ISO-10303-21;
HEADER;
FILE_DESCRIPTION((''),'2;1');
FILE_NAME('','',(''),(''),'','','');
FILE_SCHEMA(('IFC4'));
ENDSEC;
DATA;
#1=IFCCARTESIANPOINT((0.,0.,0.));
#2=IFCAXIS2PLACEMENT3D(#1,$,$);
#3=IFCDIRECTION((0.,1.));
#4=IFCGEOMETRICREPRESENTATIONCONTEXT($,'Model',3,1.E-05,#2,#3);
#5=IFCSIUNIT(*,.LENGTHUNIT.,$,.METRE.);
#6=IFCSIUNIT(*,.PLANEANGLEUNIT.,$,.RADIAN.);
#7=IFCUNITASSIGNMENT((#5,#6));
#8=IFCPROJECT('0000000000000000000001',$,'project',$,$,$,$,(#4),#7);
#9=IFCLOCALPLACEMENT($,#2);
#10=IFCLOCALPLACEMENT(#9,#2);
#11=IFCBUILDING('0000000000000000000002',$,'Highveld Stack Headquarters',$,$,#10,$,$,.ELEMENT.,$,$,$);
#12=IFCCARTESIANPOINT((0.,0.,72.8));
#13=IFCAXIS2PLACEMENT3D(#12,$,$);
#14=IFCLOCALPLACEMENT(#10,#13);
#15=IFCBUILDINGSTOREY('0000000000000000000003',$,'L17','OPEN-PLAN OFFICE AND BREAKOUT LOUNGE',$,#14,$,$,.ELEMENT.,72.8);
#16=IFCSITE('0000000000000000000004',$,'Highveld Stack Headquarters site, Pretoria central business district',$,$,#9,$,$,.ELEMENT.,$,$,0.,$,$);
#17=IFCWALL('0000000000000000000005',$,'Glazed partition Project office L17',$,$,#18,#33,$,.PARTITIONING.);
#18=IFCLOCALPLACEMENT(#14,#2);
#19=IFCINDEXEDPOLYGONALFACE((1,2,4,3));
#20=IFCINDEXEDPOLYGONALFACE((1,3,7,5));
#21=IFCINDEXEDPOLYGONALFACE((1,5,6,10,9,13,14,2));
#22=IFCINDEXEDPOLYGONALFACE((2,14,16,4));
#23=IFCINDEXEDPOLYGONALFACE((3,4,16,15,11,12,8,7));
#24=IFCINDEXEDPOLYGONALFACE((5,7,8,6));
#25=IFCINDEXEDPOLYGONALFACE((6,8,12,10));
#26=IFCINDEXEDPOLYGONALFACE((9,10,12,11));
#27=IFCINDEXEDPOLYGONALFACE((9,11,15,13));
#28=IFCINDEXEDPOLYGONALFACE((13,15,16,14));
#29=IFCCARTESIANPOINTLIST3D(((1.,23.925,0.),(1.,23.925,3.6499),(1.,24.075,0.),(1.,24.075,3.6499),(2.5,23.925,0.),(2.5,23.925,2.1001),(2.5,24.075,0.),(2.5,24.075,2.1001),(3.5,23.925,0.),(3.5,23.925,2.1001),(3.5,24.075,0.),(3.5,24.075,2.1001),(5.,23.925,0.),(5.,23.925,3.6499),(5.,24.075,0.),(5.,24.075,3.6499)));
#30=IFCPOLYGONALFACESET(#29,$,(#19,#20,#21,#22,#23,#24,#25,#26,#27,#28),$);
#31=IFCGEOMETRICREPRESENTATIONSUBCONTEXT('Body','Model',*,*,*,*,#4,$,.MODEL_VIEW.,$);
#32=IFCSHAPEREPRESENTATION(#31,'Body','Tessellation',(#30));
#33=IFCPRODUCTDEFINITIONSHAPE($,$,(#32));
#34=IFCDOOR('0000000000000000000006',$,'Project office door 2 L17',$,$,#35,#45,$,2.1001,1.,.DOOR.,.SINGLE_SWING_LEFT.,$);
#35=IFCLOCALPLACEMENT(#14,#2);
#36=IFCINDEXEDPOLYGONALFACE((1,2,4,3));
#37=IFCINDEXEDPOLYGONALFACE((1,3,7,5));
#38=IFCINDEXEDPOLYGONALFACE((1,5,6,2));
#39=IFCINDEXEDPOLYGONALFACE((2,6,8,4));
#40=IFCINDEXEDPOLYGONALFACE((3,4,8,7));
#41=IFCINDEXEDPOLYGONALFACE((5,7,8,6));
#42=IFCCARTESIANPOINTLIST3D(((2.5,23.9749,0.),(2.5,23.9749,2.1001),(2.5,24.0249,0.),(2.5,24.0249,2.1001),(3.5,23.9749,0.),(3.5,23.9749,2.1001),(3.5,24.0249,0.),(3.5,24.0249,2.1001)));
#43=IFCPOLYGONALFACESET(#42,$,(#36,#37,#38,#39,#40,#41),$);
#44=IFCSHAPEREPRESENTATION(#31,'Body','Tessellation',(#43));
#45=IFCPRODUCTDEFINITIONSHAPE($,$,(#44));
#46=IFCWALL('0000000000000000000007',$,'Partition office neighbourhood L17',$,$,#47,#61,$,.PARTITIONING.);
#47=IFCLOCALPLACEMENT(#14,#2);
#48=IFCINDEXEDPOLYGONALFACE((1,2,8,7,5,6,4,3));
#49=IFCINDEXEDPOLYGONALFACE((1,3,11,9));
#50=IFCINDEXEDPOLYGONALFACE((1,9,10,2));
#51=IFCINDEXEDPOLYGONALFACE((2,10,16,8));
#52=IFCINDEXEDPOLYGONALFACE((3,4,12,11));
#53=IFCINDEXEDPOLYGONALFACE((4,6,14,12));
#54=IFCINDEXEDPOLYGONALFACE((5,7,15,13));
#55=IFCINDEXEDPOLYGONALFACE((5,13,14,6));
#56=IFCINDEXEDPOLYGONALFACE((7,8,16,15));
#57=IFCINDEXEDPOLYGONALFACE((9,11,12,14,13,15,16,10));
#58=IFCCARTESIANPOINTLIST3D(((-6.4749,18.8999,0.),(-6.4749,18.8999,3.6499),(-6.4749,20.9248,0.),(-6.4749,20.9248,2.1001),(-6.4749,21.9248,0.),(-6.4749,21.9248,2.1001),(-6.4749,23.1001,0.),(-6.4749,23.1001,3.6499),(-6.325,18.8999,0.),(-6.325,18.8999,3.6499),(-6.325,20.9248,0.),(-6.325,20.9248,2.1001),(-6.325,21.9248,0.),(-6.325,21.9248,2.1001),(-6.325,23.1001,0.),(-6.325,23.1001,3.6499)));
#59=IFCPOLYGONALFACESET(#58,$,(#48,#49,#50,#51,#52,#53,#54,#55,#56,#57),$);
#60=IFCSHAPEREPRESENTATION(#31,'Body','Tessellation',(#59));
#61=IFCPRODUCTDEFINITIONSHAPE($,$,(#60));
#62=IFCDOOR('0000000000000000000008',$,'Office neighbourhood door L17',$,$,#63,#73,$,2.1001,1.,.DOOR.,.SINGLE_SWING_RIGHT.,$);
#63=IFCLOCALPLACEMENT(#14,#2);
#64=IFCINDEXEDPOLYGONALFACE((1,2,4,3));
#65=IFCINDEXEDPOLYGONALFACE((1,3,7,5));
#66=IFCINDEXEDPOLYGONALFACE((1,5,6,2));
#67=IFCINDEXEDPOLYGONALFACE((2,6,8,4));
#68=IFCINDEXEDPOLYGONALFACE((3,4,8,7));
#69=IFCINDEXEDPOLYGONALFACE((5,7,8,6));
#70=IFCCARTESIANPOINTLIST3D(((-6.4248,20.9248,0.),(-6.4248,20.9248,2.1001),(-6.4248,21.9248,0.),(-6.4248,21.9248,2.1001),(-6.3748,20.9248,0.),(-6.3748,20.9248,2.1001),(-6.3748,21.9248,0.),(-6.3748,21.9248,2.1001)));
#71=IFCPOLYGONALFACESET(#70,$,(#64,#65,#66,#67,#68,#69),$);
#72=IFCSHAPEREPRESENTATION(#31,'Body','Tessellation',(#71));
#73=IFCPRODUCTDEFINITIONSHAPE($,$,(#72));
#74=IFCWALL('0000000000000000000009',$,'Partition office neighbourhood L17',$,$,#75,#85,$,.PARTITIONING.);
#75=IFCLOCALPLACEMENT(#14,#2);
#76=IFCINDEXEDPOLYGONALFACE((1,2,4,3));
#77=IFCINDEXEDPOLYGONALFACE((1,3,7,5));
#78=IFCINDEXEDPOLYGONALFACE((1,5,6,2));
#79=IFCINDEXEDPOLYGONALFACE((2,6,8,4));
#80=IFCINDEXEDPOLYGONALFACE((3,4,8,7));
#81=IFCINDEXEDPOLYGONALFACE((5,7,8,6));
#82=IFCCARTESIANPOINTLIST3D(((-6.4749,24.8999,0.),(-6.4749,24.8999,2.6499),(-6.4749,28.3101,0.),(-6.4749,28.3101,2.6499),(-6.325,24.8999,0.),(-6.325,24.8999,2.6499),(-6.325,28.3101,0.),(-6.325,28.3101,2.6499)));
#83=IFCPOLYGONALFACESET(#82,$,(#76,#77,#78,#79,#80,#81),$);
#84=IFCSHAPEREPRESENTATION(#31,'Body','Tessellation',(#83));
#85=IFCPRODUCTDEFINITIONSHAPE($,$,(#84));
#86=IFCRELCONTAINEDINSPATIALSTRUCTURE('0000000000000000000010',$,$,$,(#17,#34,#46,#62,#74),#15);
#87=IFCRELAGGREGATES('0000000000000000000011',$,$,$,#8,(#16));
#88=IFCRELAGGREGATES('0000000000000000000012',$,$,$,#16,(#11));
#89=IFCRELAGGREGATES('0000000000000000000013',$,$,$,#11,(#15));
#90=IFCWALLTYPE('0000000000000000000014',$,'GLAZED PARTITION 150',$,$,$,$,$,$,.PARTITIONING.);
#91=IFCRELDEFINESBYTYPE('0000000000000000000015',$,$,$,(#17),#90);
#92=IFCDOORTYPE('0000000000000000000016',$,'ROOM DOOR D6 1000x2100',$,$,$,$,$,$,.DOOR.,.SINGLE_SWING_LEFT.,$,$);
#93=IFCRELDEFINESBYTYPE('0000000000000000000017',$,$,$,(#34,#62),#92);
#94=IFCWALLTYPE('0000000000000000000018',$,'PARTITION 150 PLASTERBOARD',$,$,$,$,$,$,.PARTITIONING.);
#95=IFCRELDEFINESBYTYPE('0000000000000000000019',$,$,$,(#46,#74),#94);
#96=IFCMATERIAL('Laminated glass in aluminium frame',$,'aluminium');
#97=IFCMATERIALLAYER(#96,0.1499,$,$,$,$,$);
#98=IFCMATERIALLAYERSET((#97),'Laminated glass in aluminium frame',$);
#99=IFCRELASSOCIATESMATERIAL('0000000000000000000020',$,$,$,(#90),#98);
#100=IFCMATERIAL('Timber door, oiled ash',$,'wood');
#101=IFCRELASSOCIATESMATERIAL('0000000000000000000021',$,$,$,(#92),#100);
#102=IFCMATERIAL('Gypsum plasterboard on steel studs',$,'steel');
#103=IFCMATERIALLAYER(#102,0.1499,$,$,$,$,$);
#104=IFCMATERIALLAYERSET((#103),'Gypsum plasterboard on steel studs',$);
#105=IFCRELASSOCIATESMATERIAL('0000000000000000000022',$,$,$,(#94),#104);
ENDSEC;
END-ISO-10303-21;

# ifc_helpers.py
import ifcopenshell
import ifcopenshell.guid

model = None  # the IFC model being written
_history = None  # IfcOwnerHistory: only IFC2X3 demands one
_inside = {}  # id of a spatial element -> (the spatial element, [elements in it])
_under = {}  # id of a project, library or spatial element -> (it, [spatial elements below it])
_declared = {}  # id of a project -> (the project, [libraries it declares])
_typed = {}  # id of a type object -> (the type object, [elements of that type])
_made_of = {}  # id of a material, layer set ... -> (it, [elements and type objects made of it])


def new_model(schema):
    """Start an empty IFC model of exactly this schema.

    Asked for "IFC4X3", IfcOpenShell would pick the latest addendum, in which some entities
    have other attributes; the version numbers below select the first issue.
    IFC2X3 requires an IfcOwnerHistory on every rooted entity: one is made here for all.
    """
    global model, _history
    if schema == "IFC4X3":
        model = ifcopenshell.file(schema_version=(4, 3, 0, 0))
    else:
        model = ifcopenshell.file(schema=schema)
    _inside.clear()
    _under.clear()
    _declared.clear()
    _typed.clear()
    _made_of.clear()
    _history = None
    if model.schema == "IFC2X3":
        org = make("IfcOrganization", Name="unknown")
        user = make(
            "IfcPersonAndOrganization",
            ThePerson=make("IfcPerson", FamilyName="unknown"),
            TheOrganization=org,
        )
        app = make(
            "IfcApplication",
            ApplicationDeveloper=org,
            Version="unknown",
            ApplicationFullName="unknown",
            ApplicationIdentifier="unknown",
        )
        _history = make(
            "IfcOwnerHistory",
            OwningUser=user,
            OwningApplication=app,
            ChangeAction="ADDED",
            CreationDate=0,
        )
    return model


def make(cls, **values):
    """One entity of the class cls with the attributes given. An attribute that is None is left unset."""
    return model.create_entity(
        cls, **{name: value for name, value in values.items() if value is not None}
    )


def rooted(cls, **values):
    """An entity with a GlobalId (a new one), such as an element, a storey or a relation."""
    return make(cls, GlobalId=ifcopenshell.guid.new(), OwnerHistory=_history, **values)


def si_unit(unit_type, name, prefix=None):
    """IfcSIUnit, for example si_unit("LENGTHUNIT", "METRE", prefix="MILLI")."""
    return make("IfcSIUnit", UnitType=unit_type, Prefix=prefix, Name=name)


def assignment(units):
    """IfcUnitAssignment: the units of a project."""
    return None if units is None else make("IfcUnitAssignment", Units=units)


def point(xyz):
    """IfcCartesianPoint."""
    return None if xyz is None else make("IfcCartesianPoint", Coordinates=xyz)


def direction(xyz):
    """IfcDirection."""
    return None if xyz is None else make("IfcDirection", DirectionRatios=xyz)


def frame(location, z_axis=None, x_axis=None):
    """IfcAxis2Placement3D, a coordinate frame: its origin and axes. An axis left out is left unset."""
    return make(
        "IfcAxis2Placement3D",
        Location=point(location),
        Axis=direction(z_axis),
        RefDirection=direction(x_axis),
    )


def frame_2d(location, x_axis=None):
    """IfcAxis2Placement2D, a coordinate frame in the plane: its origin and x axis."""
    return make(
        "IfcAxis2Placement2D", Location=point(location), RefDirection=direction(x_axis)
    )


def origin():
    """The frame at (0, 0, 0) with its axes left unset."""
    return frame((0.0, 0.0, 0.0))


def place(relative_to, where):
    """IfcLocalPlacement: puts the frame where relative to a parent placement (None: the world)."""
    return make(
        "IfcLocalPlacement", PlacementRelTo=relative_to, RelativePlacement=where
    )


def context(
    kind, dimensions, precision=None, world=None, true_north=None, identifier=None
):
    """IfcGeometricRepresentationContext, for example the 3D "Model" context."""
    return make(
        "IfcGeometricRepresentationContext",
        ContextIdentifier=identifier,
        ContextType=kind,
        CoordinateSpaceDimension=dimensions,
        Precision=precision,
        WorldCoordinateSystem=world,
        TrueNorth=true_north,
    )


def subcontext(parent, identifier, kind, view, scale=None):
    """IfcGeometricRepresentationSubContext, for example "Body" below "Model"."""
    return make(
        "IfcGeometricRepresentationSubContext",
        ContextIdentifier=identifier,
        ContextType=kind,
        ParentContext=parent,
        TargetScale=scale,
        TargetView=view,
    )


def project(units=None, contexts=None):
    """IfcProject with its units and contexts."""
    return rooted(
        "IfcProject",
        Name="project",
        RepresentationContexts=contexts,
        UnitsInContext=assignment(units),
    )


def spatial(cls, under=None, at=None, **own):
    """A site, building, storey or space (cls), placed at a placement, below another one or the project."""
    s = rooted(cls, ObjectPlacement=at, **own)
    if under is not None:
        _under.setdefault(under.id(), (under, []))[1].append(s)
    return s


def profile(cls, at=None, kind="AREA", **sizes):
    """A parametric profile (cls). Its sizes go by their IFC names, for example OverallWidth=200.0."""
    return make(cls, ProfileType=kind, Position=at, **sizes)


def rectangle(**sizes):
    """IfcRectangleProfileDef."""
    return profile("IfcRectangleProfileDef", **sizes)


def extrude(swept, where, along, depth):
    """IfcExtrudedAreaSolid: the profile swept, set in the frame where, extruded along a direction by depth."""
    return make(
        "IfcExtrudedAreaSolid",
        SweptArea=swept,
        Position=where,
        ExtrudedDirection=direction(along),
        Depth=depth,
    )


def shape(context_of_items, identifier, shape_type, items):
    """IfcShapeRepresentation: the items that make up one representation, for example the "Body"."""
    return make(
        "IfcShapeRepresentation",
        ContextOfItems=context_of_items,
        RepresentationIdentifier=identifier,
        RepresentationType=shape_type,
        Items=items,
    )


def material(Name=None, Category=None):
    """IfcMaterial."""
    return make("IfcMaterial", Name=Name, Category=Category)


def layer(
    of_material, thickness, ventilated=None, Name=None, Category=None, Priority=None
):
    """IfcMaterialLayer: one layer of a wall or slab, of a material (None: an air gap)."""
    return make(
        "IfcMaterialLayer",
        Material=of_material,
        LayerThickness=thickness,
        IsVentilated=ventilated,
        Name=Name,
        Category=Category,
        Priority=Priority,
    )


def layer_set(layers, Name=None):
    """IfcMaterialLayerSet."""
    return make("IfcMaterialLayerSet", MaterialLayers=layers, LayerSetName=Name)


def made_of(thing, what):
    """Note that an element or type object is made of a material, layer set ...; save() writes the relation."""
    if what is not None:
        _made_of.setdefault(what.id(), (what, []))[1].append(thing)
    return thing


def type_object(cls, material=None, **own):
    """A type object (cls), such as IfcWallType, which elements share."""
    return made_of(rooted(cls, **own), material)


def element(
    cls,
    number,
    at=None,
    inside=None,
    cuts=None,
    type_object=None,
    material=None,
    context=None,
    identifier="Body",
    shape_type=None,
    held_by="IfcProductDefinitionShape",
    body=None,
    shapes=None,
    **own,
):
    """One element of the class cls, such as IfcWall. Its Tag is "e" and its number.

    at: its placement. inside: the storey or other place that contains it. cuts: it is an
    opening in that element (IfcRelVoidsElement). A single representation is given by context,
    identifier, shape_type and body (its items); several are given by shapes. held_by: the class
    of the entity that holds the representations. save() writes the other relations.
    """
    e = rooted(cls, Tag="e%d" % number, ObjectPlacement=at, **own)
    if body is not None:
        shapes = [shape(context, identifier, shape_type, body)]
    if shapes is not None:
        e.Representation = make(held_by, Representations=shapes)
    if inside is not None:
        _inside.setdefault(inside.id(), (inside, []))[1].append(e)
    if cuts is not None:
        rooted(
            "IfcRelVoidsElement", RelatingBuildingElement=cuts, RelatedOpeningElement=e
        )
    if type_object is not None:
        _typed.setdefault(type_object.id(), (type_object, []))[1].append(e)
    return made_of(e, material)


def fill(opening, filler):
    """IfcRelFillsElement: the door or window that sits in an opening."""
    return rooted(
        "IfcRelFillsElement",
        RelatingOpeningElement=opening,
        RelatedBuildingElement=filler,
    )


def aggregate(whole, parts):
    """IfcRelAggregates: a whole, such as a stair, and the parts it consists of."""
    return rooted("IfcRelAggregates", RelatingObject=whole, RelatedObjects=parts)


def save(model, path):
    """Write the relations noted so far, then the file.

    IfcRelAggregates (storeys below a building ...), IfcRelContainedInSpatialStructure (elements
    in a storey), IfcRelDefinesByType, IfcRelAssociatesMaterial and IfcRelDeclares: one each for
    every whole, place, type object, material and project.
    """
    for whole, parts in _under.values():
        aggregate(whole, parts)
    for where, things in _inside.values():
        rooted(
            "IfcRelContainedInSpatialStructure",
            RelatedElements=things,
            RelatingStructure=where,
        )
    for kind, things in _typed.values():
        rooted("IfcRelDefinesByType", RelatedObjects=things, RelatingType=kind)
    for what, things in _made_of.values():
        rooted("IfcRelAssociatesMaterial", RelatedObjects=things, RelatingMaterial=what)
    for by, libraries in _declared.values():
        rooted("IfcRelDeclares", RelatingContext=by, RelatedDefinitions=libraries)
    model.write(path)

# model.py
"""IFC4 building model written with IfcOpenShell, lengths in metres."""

from ifc_helpers import new_model, si_unit, direction, frame, frame_2d, origin, place, context, subcontext, project, spatial, rectangle, extrude, material, layer, layer_set, type_object, element, fill, save


model = new_model("IFC4")

# Units and contexts
model_context = context("Model", 3, precision=1e-05, world=origin(), true_north=direction((0.0, 1.0)))
body_context = subcontext(model_context, "Body", "Model", "MODEL_VIEW")
ifc_project = project(units=[si_unit("LENGTHUNIT", "METRE"), si_unit("PLANEANGLEUNIT", "RADIAN")], contexts=[model_context])

# Site, building, storey
site_placement = place(None, origin())
site = spatial("IfcSite", under=ifc_project, at=site_placement, Name="Highveld Stack Headquarters site, Pretoria central business district", CompositionType="ELEMENT", RefElevation=0.0)
building_placement = place(site_placement, origin())
building = spatial("IfcBuilding", under=site, at=building_placement, Name="Highveld Stack Headquarters", CompositionType="ELEMENT")
storey_placement = place(building_placement, frame((0.0, 0.0, 72.8)))
storey = spatial("IfcBuildingStorey", under=building, at=storey_placement, Name="L17", Description="OPEN-PLAN OFFICE AND BREAKOUT LOUNGE", CompositionType="ELEMENT", Elevation=72.8)

# Walls, openings, doors
ifc_material_1 = material(Name="Laminated glass in aluminium frame", Category="aluminium")
ifc_layer_1 = layer(ifc_material_1, 0.1499)
ifc_layer_set_1 = layer_set([ifc_layer_1], Name="Laminated glass in aluminium frame")
wall_type_1 = type_object("IfcWallType", Name="GLAZED PARTITION 150", PredefinedType="PARTITIONING", material=ifc_layer_set_1)
ifc_material_2 = material(Name="Timber door, oiled ash", Category="wood")
door_type = type_object("IfcDoorType", Name="ROOM DOOR D6 1000x2100", OperationType="SINGLE_SWING_LEFT", PredefinedType="DOOR", material=ifc_material_2)
wall_1_placement = place(storey_placement, frame((1.0, 24.0, 0.0), z_axis=(0.0, 0.0, 1.0), x_axis=(1.0, 0.0, 0.0)))
wall_1 = element("IfcWall", 1, at=wall_1_placement, inside=storey, type_object=wall_type_1, Name="Glazed partition Project office L17", PredefinedType="PARTITIONING", context=body_context, shape_type="SweptSolid", body=[
    extrude(rectangle(XDim=4.0, YDim=0.1499, at=frame_2d((2.0, 0.0))), origin(), (0.0, 0.0, 1.0), 3.6499),
])
opening_1_placement = place(wall_1_placement, frame((1.5, 0.0, 0.0)))
opening_1 = element("IfcOpeningElement", 2, at=opening_1_placement, cuts=wall_1, PredefinedType="OPENING", context=body_context, shape_type="SweptSolid", body=[
    extrude(rectangle(XDim=1.0, YDim=2.1001, at=frame_2d((0.5, 1.05))), frame((0.0, 0.085, 0.0), z_axis=(0.0, -1.0, 0.0), x_axis=(1.0, 0.0, 0.0)), (0.0, 0.0, 1.0), 0.1699),
])
door_1_placement = place(opening_1_placement, origin())
door_1 = element("IfcDoor", 3, at=door_1_placement, inside=storey, type_object=door_type, Name="Project office door 2 L17", OperationType="SINGLE_SWING_LEFT", OverallHeight=2.1001, OverallWidth=1.0, PredefinedType="DOOR", context=body_context, shape_type="SweptSolid", body=[
    extrude(rectangle(XDim=1.0, YDim=2.1001, at=frame_2d((0.5, 1.05))), frame((0.0, 0.0249, 0.0), z_axis=(0.0, -1.0, 0.0), x_axis=(1.0, 0.0, 0.0)), (0.0, 0.0, 1.0), 0.05),
])
fill(opening_1, door_1)
ifc_material_3 = material(Name="Gypsum plasterboard on steel studs", Category="steel")
ifc_layer_2 = layer(ifc_material_3, 0.1499)
ifc_layer_set_2 = layer_set([ifc_layer_2], Name="Gypsum plasterboard on steel studs")
wall_type_2 = type_object("IfcWallType", Name="PARTITION 150 PLASTERBOARD", PredefinedType="PARTITIONING", material=ifc_layer_set_2)
wall_2_placement = place(storey_placement, frame((-6.3999, 18.8999, 0.0), z_axis=(0.0, 0.0, 1.0), x_axis=(0.0, 1.0, 0.0)))
wall_2 = element("IfcWall", 4, at=wall_2_placement, inside=storey, type_object=wall_type_2, Name="Partition office neighbourhood L17", PredefinedType="PARTITIONING", context=body_context, shape_type="SweptSolid", body=[
    extrude(rectangle(XDim=4.2002, YDim=0.1499, at=frame_2d((2.1001, 0.0))), origin(), (0.0, 0.0, 1.0), 3.6499),
])
opening_2_placement = place(wall_2_placement, frame((2.0249, 0.0, 0.0)))
opening_2 = element("IfcOpeningElement", 5, at=opening_2_placement, cuts=wall_2, PredefinedType="OPENING", context=body_context, shape_type="SweptSolid", body=[
    extrude(rectangle(XDim=1.0, YDim=2.1001, at=frame_2d((0.5, 1.05))), frame((0.0, 0.085, 0.0), z_axis=(0.0, -1.0, 0.0), x_axis=(1.0, 0.0, 0.0)), (0.0, 0.0, 1.0), 0.1699),
])
door_2_placement = place(opening_2_placement, origin())
door_2 = element("IfcDoor", 6, at=door_2_placement, inside=storey, type_object=door_type, Name="Office neighbourhood door L17", OperationType="SINGLE_SWING_RIGHT", OverallHeight=2.1001, OverallWidth=1.0, PredefinedType="DOOR", context=body_context, shape_type="SweptSolid", body=[
    extrude(rectangle(XDim=1.0, YDim=2.1001, at=frame_2d((0.5, 1.05))), frame((0.0, 0.0249, 0.0), z_axis=(0.0, -1.0, 0.0), x_axis=(1.0, 0.0, 0.0)), (0.0, 0.0, 1.0), 0.05),
])
fill(opening_2, door_2)

# Wall
wall_3_placement = place(storey_placement, frame((-6.3999, 24.8999, 0.0), z_axis=(0.0, 0.0, 1.0), x_axis=(0.0, 1.0, 0.0)))
element("IfcWall", 7, at=wall_3_placement, inside=storey, type_object=wall_type_2, Name="Partition office neighbourhood L17", PredefinedType="PARTITIONING", context=body_context, shape_type="SweptSolid", body=[
    extrude(rectangle(XDim=3.4102, YDim=0.1499, at=frame_2d((1.7051, 0.0))), origin(), (0.0, 0.0, 1.0), 2.6499),
])

save(model, "model.ifc")
